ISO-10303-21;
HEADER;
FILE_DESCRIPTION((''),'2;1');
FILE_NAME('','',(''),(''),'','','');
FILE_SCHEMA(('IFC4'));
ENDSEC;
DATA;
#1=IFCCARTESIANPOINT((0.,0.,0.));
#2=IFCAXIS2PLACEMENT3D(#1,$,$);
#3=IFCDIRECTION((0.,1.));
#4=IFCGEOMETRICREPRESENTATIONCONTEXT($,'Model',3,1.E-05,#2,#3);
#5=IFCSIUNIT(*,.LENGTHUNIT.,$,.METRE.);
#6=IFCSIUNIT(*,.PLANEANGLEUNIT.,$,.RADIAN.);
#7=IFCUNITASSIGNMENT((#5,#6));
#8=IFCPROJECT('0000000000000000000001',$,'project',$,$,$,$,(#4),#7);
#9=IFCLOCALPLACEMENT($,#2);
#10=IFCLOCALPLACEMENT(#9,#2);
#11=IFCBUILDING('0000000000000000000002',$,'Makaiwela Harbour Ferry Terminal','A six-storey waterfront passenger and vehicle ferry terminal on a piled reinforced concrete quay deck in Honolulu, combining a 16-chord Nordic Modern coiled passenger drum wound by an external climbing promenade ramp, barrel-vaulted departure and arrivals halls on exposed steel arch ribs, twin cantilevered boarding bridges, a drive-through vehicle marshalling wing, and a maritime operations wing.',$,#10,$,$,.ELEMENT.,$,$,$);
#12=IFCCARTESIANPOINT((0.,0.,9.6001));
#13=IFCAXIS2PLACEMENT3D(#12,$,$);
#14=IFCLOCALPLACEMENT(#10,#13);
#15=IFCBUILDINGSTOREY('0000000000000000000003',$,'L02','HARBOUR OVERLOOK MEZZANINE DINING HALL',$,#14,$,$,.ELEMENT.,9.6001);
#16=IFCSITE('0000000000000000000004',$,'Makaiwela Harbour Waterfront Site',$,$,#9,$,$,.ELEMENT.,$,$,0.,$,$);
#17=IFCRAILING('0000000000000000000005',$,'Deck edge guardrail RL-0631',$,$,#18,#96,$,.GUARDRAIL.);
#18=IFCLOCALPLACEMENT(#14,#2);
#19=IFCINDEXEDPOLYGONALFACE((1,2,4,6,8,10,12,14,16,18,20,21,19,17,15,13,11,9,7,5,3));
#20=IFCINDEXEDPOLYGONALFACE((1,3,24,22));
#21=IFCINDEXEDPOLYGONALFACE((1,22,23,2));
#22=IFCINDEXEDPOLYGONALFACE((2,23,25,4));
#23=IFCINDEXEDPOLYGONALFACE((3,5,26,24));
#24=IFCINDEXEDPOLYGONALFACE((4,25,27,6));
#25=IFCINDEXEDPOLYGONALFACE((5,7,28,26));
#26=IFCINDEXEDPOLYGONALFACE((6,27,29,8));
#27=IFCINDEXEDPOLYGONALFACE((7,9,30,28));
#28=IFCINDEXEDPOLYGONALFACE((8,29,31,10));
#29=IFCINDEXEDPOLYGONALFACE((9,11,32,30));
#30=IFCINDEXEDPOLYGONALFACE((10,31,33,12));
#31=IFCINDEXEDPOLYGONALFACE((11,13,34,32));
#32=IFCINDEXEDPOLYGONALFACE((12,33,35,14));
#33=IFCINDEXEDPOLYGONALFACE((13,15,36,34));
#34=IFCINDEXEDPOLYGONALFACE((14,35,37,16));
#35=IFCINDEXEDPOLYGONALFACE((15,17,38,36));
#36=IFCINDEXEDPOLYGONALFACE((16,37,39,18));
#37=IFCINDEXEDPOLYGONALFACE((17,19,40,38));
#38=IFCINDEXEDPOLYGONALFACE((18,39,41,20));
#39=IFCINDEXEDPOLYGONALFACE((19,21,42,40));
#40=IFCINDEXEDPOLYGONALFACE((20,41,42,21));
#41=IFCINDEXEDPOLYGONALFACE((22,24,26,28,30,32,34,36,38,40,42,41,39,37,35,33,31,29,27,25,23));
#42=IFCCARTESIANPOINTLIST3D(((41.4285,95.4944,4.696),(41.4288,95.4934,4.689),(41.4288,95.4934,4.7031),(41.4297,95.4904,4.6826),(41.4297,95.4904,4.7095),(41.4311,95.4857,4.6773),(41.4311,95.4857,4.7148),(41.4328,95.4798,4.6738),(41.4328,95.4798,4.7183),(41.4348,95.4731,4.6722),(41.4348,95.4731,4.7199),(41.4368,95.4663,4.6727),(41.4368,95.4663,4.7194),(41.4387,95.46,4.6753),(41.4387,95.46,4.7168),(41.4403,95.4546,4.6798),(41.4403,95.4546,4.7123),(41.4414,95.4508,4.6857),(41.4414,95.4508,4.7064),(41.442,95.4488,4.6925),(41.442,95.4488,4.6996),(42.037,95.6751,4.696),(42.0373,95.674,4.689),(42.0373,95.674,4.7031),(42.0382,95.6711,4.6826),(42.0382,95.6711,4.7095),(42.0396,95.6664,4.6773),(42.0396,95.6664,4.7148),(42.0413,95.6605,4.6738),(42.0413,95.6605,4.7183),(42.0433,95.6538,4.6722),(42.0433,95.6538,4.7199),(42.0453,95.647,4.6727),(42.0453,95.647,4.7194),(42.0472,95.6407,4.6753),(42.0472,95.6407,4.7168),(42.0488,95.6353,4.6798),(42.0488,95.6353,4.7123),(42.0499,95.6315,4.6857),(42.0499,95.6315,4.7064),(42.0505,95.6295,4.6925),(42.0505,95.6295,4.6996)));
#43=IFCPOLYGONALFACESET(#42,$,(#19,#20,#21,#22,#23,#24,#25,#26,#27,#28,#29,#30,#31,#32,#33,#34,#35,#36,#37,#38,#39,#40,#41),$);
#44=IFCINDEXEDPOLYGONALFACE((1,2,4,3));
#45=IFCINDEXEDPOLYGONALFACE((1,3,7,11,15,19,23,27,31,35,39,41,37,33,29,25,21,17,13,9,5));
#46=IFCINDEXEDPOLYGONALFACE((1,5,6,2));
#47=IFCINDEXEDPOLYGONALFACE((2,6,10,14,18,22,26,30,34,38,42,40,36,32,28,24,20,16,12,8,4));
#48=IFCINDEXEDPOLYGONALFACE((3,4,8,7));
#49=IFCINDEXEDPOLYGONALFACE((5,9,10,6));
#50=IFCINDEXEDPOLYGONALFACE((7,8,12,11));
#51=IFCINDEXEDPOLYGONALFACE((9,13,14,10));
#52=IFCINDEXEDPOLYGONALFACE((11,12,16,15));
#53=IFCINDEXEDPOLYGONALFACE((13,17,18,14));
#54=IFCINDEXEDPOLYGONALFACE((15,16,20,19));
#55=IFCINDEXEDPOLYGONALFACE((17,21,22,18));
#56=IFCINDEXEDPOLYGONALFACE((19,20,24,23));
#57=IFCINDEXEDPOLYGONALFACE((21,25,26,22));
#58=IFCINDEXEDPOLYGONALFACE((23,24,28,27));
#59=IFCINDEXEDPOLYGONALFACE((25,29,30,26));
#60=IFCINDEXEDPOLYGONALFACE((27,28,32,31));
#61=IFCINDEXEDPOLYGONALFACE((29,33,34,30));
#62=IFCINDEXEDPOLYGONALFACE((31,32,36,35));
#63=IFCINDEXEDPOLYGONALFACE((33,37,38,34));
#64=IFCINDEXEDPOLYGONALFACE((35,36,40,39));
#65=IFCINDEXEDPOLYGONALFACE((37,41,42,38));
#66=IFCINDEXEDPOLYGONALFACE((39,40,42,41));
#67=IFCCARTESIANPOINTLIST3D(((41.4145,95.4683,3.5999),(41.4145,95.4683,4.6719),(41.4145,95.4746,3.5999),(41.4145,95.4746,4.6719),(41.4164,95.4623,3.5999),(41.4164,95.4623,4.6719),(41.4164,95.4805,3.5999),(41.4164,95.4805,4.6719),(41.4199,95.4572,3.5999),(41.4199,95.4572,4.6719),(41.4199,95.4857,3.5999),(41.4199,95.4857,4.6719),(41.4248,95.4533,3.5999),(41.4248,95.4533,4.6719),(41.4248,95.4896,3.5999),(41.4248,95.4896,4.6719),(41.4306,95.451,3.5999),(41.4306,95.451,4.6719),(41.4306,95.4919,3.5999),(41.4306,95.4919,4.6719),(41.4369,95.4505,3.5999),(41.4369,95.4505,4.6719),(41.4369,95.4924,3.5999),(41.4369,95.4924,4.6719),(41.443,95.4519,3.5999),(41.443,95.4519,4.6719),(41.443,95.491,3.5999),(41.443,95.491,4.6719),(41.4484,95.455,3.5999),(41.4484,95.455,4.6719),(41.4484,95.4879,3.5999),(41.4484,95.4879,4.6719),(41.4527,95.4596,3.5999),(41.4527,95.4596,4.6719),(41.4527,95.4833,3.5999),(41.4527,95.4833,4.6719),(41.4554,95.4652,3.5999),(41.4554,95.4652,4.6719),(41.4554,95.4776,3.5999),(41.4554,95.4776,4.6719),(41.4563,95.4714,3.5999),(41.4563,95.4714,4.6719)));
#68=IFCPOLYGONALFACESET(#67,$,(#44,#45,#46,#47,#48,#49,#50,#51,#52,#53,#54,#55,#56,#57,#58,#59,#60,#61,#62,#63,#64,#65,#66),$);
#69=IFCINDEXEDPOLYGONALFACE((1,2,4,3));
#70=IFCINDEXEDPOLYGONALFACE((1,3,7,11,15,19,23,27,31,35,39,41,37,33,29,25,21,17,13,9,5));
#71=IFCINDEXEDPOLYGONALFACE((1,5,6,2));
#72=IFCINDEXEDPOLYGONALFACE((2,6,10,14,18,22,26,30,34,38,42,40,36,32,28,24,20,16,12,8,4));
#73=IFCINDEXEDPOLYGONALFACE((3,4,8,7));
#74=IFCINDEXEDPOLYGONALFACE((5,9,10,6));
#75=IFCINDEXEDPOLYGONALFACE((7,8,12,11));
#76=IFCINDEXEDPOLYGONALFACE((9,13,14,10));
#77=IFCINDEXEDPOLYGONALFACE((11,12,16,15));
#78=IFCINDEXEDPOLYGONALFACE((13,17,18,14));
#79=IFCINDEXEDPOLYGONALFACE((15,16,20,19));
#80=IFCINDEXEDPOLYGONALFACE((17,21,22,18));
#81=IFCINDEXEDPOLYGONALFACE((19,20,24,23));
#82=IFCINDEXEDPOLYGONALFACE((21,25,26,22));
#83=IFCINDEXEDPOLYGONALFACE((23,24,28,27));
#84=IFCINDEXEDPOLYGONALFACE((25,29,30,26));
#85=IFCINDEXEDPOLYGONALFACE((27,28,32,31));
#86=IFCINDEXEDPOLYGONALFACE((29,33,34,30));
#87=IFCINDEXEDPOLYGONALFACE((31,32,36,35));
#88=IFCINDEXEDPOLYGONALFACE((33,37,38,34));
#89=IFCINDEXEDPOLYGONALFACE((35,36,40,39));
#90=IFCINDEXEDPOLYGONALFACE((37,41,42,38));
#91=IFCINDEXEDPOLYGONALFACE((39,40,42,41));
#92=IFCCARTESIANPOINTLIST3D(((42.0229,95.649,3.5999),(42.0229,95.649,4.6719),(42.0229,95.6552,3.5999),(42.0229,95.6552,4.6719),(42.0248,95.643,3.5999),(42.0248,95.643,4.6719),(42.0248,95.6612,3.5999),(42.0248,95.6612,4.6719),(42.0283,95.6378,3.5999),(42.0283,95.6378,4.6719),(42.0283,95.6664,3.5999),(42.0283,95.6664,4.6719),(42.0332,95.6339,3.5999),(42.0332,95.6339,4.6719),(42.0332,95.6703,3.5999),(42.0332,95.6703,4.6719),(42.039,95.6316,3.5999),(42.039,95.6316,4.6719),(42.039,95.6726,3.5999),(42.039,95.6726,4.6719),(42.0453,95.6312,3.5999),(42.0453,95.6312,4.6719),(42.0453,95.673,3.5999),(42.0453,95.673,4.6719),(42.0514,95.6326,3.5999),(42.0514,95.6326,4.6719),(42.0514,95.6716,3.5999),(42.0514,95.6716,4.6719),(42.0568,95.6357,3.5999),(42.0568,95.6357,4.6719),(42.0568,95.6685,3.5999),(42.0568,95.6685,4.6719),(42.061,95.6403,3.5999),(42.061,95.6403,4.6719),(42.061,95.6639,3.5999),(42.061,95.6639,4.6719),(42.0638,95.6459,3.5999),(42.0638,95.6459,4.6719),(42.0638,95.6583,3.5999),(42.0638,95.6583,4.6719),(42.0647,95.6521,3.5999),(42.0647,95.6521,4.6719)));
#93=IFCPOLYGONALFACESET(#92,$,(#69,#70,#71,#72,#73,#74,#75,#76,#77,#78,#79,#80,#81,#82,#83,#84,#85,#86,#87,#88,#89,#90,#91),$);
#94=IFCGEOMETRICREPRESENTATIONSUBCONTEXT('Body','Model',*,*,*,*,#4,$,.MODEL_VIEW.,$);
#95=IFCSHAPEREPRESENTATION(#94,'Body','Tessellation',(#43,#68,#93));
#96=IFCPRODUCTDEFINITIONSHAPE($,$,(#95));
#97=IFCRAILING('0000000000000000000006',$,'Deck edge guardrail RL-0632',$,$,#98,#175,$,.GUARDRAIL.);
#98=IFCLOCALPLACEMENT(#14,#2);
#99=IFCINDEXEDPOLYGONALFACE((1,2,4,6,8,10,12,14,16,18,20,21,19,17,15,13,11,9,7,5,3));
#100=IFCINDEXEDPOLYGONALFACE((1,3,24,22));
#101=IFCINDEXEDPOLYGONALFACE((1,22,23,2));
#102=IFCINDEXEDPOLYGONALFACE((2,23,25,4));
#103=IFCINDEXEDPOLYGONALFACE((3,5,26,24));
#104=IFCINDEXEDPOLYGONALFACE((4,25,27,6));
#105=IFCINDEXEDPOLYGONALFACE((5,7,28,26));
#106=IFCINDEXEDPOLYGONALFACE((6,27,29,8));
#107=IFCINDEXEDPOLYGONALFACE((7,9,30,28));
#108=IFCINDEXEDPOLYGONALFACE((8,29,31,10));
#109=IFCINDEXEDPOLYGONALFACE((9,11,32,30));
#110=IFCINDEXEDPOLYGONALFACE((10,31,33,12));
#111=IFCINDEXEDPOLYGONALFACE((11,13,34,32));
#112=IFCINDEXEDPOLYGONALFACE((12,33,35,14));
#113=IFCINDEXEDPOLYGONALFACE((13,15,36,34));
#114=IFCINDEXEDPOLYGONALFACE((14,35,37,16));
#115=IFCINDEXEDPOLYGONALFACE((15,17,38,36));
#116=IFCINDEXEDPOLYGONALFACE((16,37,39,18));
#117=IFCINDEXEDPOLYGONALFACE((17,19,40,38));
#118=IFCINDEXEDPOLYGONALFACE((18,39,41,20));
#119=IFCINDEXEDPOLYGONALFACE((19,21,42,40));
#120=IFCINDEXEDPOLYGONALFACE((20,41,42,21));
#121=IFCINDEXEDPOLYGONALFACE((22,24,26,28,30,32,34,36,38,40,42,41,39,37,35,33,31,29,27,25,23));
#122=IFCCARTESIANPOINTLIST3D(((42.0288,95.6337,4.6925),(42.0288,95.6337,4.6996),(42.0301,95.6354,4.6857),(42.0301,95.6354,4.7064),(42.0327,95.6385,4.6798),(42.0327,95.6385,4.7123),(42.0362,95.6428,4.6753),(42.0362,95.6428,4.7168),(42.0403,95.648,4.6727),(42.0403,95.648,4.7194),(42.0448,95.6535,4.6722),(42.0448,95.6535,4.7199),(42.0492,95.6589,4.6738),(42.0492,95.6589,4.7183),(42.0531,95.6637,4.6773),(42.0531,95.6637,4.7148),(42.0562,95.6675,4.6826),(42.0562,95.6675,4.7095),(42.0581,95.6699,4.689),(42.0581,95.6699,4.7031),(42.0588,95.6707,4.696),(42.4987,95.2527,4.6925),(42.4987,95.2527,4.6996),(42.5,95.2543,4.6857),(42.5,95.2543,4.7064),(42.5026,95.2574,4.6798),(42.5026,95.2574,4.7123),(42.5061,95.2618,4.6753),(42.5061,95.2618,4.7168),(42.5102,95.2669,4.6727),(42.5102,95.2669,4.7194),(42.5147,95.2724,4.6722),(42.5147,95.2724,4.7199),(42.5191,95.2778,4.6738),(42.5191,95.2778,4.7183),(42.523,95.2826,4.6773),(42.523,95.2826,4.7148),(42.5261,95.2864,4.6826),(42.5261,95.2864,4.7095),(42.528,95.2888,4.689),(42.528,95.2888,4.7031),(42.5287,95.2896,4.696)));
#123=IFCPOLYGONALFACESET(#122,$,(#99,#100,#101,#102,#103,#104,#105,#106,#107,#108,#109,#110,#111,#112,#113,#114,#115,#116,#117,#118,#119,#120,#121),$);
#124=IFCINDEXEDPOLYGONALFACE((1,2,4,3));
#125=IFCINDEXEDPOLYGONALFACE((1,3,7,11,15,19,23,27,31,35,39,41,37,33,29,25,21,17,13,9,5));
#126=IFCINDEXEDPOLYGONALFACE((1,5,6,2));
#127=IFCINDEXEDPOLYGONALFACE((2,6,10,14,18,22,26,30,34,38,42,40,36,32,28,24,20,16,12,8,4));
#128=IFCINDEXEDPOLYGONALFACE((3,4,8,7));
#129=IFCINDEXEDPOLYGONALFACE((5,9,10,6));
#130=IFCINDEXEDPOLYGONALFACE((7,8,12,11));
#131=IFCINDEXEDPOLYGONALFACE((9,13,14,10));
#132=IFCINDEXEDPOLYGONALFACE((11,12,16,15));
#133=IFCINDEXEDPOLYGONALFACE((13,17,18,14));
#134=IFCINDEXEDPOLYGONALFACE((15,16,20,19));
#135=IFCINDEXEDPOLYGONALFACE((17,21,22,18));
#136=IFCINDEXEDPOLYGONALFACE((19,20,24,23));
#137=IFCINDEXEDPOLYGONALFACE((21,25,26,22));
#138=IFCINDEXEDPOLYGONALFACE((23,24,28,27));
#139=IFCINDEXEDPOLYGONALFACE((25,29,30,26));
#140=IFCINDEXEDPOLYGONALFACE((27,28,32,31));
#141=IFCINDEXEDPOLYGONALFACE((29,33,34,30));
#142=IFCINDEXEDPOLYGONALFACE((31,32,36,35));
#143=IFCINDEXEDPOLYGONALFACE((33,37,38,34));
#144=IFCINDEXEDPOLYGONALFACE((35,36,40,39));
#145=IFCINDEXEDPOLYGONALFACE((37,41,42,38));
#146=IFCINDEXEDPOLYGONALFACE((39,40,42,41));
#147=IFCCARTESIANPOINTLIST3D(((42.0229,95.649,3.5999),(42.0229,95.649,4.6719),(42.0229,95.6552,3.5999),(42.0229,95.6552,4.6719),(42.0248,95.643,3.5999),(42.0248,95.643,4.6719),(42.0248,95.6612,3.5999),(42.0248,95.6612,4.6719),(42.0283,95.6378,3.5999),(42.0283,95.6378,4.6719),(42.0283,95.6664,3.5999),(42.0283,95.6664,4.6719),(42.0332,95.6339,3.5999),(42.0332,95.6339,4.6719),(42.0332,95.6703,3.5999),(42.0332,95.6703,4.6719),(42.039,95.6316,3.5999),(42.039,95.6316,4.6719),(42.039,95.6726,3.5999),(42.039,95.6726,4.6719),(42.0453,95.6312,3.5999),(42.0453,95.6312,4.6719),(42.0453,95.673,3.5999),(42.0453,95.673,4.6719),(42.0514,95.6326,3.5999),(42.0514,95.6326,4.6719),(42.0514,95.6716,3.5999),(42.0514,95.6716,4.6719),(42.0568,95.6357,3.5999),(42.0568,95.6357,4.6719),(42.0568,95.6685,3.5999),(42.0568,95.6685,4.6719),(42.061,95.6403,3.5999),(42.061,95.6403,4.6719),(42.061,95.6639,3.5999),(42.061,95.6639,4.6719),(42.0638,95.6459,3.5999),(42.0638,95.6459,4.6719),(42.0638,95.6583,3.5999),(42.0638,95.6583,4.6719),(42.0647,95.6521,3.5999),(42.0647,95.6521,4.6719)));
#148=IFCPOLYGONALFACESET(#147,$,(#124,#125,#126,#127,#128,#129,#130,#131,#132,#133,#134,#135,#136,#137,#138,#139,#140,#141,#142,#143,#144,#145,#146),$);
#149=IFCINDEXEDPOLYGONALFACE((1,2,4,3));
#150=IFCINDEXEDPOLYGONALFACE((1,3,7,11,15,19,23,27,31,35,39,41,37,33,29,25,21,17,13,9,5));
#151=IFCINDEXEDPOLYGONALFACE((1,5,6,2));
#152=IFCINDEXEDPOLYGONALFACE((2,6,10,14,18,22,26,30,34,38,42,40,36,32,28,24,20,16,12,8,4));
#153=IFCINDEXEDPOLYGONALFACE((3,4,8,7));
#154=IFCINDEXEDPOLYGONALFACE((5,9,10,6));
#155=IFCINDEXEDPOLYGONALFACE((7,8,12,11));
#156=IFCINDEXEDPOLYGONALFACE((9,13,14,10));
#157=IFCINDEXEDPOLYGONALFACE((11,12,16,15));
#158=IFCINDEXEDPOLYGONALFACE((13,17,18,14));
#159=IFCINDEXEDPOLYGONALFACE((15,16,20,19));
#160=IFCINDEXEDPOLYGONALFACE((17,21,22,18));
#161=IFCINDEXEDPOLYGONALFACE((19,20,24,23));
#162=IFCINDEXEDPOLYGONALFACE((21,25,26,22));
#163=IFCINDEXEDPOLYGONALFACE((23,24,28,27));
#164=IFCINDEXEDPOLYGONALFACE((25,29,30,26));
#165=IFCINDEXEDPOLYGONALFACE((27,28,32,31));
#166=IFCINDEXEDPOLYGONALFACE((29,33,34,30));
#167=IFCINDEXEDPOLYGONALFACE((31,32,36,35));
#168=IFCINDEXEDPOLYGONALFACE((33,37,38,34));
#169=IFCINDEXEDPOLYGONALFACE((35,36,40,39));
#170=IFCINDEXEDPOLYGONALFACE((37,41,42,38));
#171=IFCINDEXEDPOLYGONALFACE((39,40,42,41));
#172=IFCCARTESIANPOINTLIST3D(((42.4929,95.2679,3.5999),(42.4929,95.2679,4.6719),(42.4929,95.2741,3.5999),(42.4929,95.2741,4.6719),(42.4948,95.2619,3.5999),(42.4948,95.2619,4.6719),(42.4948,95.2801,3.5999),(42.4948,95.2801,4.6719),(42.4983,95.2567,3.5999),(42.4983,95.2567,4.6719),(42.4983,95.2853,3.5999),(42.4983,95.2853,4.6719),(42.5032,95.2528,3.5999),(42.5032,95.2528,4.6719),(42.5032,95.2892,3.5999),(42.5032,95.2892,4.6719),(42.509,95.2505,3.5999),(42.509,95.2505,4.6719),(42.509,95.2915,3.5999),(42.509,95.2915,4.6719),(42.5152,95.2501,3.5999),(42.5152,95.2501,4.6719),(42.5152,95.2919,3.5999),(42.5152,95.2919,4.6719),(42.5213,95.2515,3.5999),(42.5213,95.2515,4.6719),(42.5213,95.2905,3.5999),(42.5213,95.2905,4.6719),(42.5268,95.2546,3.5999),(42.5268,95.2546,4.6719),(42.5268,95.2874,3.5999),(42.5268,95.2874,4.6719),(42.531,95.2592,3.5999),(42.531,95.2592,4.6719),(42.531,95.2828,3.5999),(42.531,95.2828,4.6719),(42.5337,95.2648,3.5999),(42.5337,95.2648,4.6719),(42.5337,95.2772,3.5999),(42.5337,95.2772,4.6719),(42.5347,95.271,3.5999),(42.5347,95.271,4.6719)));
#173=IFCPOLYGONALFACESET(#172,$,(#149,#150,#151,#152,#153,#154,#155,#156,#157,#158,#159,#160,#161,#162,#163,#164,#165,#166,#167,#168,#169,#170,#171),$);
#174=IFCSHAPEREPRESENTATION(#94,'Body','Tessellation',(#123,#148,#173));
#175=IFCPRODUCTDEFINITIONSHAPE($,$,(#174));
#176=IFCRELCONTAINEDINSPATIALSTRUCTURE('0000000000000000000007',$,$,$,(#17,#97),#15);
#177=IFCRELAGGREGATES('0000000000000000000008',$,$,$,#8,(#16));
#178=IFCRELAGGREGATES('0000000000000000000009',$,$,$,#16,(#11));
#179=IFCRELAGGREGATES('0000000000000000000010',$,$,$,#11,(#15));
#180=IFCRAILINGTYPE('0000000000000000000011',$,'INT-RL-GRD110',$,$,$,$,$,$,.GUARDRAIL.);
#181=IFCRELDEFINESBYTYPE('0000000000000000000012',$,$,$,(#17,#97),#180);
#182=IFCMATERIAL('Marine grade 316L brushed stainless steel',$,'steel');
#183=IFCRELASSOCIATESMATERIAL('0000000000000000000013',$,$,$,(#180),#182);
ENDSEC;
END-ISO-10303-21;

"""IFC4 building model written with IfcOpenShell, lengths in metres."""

from ifc_helpers import new_model, si_unit, direction, frame, origin, origin_2d, place, context, subcontext, project, spatial, circle, extrude, material, type_object, element, save


model = new_model("IFC4")

# Units and contexts
model_context = context("Model", 3, precision=1e-05, world=origin(), true_north=direction((0.0, 1.0)))
body_context = subcontext(model_context, "Body", "Model", "MODEL_VIEW")
ifc_project = project(units=[si_unit("LENGTHUNIT", "METRE"), si_unit("PLANEANGLEUNIT", "RADIAN")], contexts=[model_context])

# Site, building, storey
site_placement = place(None, origin())
site = spatial("IfcSite", under=ifc_project, at=site_placement, Name="Makaiwela Harbour Waterfront Site", CompositionType="ELEMENT", RefElevation=0.0)
building_placement = place(site_placement, origin())
building = spatial("IfcBuilding", under=site, at=building_placement, Name="Makaiwela Harbour Ferry Terminal", Description="A six-storey waterfront passenger and vehicle ferry terminal on a piled reinforced concrete quay deck in Honolulu, combining a 16-chord Nordic Modern coiled passenger drum wound by an external climbing promenade ramp, barrel-vaulted departure and arrivals halls on exposed steel arch ribs, twin cantilevered boarding bridges, a drive-through vehicle marshalling wing, and a maritime operations wing.", CompositionType="ELEMENT")
storey_placement = place(building_placement, frame((0.0, 0.0, 9.6001)))
storey = spatial("IfcBuildingStorey", under=building, at=storey_placement, Name="L02", Description="HARBOUR OVERLOOK MEZZANINE DINING HALL", CompositionType="ELEMENT", Elevation=9.6001)

# Railings
ifc_material_1 = material(Name="Marine grade 316L brushed stainless steel", Category="steel")
railing_type_1 = type_object("IfcRailingType", Name="INT-RL-GRD110", PredefinedType="GUARDRAIL", material=ifc_material_1)
railing_1_placement = place(storey_placement, frame((41.4353, 95.4714, 3.5999)))
element("IfcRailing", 1, at=railing_1_placement, inside=storey, type_object=railing_type_1, Name="Deck edge guardrail RL-0631", PredefinedType="GUARDRAIL", context=body_context, shape_type="SweptSolid", body=[
    extrude(circle(Radius=0.0239, at=origin_2d()), frame((0.0, 0.0, 1.0962), z_axis=(0.958627, 0.284665, 0.0), x_axis=(-0.284665, 0.958627, 0.0)), (0.0, 0.0, 1.0), 0.6348),
    extrude(circle(Radius=0.021, at=origin_2d()), origin(), (0.0, 0.0, 1.0), 1.072),
    extrude(circle(Radius=0.021, at=origin_2d()), frame((0.6084, 0.1807, 0.0)), (0.0, 0.0, 1.0), 1.072),
])
railing_2_placement = place(storey_placement, frame((42.0437, 95.6521, 3.5999)))
element("IfcRailing", 2, at=railing_2_placement, inside=storey, type_object=railing_type_1, Name="Deck edge guardrail RL-0632", PredefinedType="GUARDRAIL", context=body_context, shape_type="SweptSolid", body=[
    extrude(circle(Radius=0.0239, at=origin_2d()), frame((0.0, 0.0, 1.0962), z_axis=(0.776718, -0.629848, 0.0), x_axis=(0.629848, 0.776718, 0.0)), (0.0, 0.0, 1.0), 0.605),
    extrude(circle(Radius=0.021, at=origin_2d()), origin(), (0.0, 0.0, 1.0), 1.072),
    extrude(circle(Radius=0.021, at=origin_2d()), frame((0.47, -0.3811, 0.0)), (0.0, 0.0, 1.0), 1.072),
])

save(model, "model.ifc")
